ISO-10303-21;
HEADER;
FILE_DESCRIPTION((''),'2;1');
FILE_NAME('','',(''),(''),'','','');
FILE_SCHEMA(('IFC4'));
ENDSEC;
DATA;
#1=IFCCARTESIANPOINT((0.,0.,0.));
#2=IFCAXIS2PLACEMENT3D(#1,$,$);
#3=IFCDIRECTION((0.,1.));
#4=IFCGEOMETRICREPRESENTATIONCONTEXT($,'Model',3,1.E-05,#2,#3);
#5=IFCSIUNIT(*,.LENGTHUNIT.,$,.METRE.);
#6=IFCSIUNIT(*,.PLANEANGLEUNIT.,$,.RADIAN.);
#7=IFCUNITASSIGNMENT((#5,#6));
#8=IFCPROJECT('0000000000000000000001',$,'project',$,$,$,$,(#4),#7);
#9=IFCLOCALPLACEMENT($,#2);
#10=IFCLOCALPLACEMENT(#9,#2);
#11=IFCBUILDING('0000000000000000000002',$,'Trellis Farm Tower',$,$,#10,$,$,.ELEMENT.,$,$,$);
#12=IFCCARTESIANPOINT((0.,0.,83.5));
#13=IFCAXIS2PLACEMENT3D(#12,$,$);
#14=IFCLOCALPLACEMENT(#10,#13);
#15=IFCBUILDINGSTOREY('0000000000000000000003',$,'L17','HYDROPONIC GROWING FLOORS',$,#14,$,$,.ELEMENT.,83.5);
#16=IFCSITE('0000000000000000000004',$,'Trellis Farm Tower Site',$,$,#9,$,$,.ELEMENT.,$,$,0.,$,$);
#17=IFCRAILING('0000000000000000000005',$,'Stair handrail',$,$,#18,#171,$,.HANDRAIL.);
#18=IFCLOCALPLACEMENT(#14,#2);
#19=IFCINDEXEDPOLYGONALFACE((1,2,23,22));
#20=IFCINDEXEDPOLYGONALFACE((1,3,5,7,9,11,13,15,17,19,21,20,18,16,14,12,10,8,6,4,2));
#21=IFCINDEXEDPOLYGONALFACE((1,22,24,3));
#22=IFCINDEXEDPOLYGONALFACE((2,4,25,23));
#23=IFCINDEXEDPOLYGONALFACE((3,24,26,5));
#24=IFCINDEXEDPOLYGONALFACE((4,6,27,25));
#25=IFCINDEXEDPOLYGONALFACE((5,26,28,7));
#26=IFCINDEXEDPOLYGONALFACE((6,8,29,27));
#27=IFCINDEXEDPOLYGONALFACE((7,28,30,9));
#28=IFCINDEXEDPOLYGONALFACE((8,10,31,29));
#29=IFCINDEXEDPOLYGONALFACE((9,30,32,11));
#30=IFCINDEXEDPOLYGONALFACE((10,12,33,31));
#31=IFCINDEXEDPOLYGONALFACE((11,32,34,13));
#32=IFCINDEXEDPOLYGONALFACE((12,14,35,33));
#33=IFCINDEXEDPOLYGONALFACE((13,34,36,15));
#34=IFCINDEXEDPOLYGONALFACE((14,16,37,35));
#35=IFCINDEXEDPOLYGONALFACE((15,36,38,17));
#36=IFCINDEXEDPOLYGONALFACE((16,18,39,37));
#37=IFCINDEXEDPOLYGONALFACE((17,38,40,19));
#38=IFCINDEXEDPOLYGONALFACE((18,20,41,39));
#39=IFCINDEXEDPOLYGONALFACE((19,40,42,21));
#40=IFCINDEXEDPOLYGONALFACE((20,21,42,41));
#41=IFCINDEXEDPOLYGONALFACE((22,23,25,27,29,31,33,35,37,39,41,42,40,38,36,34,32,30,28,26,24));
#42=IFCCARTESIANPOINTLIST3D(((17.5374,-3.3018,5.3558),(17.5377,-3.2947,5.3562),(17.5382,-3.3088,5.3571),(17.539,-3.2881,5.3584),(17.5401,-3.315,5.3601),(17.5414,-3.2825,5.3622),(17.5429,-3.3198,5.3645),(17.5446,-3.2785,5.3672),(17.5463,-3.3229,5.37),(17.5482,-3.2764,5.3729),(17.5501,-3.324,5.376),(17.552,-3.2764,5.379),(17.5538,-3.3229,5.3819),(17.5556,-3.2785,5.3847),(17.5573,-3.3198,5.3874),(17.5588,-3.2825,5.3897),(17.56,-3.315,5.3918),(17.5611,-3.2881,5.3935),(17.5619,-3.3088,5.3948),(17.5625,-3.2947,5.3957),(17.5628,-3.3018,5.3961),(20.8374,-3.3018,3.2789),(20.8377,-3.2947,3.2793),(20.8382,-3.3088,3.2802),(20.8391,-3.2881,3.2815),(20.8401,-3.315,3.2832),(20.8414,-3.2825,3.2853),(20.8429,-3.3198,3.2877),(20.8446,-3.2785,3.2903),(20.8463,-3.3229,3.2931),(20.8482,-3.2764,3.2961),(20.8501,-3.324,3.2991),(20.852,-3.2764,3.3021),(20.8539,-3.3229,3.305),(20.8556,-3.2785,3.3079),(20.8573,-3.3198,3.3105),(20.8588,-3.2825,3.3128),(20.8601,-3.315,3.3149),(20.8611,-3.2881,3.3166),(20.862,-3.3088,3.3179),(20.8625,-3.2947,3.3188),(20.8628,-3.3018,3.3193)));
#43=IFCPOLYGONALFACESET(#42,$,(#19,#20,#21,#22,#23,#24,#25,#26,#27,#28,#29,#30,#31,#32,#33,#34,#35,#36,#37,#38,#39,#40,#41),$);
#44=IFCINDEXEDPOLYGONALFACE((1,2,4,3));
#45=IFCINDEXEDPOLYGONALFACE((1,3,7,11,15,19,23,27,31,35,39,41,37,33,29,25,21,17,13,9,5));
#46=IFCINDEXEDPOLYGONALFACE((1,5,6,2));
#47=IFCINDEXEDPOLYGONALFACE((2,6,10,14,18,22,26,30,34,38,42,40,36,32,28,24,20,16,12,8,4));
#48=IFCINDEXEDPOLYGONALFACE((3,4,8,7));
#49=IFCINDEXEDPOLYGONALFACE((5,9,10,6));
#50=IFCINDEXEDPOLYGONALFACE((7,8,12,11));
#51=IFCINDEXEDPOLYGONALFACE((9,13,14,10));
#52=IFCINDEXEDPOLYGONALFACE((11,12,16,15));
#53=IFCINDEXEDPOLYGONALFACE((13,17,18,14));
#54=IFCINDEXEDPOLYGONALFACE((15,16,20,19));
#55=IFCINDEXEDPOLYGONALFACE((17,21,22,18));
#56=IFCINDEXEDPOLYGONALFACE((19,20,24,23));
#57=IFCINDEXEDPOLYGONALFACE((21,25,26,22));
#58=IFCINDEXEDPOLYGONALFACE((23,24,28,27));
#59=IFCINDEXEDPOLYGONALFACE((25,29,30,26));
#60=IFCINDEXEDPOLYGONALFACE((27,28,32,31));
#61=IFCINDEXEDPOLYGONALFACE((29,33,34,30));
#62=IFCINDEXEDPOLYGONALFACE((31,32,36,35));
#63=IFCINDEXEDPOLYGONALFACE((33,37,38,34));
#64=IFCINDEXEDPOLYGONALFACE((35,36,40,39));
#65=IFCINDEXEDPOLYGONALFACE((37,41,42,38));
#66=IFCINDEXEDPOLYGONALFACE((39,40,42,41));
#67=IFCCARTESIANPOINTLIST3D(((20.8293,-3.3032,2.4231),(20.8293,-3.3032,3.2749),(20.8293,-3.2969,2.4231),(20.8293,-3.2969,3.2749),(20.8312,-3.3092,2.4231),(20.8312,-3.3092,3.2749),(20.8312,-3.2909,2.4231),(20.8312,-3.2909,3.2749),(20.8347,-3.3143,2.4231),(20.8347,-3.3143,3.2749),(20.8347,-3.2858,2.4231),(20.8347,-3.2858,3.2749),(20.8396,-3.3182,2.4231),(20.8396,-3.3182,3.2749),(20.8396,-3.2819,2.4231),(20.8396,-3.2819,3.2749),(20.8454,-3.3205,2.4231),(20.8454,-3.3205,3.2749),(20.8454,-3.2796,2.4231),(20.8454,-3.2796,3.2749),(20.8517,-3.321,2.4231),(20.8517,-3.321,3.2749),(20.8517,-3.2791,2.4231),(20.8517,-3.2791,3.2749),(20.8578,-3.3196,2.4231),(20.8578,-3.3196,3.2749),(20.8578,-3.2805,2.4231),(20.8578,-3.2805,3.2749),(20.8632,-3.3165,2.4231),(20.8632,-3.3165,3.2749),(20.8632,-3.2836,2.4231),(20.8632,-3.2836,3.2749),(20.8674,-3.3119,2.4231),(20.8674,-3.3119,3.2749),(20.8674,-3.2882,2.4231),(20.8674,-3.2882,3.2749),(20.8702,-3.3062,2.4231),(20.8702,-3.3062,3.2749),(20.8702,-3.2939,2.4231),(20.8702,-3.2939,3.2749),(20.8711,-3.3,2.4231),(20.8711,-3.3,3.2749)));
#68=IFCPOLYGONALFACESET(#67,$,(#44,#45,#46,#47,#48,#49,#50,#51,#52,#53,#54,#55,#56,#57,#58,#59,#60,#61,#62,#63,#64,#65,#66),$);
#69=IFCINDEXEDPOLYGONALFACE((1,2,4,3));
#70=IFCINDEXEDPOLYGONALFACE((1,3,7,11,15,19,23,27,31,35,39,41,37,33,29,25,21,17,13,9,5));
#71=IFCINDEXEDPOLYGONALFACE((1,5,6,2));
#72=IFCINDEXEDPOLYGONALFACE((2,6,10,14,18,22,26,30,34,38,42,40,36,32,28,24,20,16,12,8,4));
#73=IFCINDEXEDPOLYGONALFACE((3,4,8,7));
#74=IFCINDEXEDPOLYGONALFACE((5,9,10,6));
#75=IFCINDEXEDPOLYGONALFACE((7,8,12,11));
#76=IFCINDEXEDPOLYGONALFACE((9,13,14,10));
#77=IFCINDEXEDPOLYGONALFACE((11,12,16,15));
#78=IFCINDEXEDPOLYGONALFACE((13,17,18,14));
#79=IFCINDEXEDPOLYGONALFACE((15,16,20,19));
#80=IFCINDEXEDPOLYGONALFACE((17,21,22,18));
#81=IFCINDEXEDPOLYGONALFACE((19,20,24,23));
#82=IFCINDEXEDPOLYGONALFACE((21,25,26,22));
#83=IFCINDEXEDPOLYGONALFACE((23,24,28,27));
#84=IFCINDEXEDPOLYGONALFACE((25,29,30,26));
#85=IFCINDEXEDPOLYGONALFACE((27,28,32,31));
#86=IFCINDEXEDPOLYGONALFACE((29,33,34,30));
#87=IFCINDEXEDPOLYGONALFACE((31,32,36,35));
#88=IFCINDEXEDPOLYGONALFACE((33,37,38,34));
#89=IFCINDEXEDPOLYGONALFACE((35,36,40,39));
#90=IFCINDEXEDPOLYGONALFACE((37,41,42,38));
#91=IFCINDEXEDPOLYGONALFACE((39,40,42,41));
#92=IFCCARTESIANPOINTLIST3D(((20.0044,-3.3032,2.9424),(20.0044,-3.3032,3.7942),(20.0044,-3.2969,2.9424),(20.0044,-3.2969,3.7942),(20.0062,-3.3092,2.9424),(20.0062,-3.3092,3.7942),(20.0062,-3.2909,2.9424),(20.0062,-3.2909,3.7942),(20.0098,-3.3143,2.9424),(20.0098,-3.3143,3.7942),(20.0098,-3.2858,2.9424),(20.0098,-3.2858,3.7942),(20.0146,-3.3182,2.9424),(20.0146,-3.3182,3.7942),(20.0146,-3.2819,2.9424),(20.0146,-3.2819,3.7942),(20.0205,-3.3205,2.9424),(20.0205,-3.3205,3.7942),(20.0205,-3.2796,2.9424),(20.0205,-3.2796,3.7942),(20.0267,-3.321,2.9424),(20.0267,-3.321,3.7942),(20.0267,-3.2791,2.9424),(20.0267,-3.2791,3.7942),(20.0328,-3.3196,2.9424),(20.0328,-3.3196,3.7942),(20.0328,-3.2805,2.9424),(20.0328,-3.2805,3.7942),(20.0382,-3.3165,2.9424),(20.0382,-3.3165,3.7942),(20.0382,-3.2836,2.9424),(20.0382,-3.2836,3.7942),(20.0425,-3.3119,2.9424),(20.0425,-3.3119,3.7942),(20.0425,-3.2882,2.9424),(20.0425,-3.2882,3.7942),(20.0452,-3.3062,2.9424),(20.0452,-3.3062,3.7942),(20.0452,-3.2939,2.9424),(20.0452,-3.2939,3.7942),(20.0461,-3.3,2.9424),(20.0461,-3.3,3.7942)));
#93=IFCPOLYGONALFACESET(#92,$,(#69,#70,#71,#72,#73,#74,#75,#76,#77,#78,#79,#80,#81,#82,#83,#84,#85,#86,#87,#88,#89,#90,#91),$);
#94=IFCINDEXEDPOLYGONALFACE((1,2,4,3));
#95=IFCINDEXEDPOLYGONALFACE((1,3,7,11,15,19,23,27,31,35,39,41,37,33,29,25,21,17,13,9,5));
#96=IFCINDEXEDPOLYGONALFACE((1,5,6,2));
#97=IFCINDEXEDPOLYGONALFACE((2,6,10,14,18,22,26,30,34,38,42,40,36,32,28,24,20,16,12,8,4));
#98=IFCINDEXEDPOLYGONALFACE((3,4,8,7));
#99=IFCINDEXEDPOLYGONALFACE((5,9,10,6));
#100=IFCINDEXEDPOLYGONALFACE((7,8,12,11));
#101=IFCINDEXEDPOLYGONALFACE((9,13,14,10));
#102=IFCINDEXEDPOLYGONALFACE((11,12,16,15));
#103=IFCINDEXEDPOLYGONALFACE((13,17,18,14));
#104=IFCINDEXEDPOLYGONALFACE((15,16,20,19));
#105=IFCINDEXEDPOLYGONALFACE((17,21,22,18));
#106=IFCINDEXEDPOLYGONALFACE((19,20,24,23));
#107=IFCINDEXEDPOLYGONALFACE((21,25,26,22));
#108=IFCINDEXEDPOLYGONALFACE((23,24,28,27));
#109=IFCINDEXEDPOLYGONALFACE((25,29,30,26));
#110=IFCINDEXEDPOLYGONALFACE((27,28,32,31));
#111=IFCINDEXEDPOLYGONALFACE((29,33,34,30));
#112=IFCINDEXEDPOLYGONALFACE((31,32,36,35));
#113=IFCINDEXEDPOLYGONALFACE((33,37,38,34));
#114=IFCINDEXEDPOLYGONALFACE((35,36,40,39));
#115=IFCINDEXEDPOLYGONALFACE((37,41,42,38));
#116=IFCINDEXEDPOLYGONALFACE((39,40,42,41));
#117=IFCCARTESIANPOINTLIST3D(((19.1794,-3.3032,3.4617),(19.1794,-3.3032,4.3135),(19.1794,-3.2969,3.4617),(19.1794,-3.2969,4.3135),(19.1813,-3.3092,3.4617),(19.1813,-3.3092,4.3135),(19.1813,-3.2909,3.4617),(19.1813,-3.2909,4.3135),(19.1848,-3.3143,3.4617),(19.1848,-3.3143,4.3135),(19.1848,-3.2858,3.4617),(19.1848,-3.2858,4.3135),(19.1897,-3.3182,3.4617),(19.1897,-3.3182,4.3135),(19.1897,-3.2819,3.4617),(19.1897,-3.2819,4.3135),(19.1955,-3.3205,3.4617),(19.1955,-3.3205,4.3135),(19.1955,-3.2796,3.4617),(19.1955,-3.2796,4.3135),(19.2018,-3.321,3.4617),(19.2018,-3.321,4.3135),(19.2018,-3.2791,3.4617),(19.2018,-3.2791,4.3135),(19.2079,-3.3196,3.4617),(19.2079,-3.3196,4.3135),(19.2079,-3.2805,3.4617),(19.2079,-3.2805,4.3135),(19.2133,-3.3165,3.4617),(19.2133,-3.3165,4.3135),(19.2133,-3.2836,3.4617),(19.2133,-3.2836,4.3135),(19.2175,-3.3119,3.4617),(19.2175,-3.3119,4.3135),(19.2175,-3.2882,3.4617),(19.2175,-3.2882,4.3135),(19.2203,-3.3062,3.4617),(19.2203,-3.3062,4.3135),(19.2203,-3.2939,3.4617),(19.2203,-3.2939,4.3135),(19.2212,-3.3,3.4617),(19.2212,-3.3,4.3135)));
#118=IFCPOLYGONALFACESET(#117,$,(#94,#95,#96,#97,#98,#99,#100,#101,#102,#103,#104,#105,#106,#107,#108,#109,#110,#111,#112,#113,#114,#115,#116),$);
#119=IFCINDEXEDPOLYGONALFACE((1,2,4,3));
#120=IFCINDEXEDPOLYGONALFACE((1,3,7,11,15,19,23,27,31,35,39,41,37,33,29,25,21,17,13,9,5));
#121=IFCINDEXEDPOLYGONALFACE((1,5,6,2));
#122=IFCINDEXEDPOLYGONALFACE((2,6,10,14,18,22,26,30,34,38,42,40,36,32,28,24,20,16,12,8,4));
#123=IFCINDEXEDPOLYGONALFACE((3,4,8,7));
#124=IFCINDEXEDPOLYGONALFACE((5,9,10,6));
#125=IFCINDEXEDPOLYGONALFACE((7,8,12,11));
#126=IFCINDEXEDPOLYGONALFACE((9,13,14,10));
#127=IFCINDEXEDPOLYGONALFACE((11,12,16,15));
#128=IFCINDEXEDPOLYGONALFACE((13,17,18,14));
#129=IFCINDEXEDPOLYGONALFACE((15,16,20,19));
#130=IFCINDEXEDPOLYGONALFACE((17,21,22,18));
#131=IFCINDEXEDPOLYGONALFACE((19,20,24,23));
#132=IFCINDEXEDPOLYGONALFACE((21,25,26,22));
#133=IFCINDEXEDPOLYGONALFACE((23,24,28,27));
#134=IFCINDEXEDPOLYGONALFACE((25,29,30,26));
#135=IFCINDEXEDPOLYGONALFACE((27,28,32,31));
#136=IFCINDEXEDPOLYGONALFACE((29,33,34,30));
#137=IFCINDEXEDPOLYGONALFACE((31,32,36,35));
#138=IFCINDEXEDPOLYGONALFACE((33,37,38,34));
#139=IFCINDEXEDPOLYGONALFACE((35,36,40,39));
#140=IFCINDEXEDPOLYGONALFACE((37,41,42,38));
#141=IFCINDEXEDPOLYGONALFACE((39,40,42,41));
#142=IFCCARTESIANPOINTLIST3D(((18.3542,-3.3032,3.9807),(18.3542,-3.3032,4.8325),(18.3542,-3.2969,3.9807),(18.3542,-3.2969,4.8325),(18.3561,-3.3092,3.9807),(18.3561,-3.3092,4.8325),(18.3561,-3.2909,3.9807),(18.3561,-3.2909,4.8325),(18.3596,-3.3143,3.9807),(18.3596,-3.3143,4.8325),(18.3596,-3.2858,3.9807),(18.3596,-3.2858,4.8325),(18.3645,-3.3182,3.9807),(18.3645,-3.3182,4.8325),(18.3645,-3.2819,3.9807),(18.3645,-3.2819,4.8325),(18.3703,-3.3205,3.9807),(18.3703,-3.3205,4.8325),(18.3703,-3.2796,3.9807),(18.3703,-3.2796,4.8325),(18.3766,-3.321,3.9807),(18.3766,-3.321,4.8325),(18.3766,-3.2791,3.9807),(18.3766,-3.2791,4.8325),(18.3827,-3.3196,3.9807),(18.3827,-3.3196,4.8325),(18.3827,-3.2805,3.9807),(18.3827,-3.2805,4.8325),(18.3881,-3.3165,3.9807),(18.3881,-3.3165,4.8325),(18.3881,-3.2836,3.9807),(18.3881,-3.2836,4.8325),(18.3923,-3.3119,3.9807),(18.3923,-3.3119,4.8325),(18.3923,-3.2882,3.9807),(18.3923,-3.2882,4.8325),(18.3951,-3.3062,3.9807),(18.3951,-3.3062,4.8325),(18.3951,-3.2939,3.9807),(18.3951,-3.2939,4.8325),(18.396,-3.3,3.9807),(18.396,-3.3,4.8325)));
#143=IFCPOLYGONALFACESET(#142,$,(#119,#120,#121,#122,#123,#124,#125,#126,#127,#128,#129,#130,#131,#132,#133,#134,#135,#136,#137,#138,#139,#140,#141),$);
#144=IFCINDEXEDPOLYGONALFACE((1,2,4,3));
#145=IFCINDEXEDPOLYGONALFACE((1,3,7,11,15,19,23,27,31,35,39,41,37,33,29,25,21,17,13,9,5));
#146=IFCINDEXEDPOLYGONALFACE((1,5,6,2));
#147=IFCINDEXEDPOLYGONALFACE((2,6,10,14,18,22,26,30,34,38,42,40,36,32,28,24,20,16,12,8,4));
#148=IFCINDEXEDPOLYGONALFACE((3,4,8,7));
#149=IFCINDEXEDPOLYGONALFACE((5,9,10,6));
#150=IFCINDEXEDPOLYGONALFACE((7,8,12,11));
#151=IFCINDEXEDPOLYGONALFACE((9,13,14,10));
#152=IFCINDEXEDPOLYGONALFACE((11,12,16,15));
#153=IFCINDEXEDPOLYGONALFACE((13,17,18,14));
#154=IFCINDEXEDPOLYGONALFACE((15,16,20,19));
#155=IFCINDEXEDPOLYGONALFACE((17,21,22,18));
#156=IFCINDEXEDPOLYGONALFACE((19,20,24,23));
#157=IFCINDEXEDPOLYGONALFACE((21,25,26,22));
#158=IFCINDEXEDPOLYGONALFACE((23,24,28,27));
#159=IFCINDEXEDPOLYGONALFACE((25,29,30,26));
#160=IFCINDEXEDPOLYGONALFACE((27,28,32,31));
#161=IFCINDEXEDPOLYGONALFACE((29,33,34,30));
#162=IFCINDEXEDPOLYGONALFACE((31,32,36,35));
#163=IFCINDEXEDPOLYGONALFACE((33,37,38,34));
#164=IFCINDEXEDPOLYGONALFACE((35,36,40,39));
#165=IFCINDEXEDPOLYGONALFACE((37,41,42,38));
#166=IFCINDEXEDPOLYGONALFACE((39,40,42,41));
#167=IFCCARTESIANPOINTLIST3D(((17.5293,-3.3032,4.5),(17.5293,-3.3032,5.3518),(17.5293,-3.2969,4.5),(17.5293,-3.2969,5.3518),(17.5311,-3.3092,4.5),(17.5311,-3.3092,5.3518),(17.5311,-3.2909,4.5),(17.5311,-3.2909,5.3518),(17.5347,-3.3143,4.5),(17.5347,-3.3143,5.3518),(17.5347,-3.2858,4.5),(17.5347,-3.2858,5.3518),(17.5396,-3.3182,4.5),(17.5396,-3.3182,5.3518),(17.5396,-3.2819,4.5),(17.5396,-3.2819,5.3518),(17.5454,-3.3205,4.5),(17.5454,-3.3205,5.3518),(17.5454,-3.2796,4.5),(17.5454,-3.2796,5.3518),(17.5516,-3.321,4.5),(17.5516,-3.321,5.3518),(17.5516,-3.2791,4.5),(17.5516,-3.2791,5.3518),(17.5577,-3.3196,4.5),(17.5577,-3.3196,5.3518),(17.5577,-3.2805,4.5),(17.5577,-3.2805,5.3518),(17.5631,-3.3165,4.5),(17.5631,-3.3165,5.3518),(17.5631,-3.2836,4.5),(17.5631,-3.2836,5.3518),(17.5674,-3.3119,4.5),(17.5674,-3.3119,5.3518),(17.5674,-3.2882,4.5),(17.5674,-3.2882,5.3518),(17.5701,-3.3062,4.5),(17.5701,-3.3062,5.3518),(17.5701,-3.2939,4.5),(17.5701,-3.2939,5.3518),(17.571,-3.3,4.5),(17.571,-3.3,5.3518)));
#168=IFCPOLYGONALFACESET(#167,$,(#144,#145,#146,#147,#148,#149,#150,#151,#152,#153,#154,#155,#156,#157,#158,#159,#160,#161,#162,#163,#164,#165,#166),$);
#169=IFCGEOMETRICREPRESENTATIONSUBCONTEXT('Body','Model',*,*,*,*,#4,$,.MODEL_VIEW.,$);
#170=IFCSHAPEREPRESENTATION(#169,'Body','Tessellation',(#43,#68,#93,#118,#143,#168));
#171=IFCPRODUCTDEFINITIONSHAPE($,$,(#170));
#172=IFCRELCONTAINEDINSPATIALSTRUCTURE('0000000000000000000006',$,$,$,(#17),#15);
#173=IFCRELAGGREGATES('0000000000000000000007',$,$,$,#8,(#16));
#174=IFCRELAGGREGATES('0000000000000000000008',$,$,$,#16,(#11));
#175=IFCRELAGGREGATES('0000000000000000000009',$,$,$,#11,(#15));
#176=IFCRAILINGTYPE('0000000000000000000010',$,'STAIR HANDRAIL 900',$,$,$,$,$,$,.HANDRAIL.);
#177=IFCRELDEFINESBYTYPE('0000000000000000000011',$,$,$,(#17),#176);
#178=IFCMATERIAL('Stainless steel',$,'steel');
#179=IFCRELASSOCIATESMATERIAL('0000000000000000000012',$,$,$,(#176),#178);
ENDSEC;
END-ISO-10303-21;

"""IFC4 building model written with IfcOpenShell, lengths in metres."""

from ifc_helpers import new_model, si_unit, direction, frame, origin, origin_2d, place, context, subcontext, project, spatial, circle, extrude, source, transform, mapped, material, type_object, element, save


model = new_model("IFC4")

# Units and contexts
model_context = context("Model", 3, precision=1e-05, world=origin(), true_north=direction((0.0, 1.0)))
body_context = subcontext(model_context, "Body", "Model", "MODEL_VIEW")
ifc_project = project(units=[si_unit("LENGTHUNIT", "METRE"), si_unit("PLANEANGLEUNIT", "RADIAN")], contexts=[model_context])

# Site, building, storey
site_placement = place(None, origin())
site = spatial("IfcSite", under=ifc_project, at=site_placement, Name="Trellis Farm Tower Site", CompositionType="ELEMENT", RefElevation=0.0)
building_placement = place(site_placement, origin())
building = spatial("IfcBuilding", under=site, at=building_placement, Name="Trellis Farm Tower", CompositionType="ELEMENT")
storey_placement = place(building_placement, frame((0.0, 0.0, 83.5)))
storey = spatial("IfcBuildingStorey", under=building, at=storey_placement, Name="L17", Description="HYDROPONIC GROWING FLOORS", CompositionType="ELEMENT", Elevation=83.5)

# Shared definitions
ifc_material_1 = material(Name="Stainless steel", Category="steel")

# Railing
railing_type = type_object("IfcRailingType", Name="STAIR HANDRAIL 900", PredefinedType="HANDRAIL", material=ifc_material_1)
shared_shape_1 = source(origin(), body_context, "Body", "SweptSolid", [
    extrude(circle(Radius=0.0239, at=origin_2d()), frame((0.0, 0.0, 0.876), z_axis=(-0.846337, 0.0, 0.532647), x_axis=(0.0, -1.0, 0.0)), (0.0, 0.0, 1.0), 3.8992),
    extrude(circle(Radius=0.021, at=origin_2d()), origin(), (0.0, 0.0, 1.0), 0.8518),
    extrude(circle(Radius=0.021, at=origin_2d()), frame((-0.825, 0.0, 0.5193)), (0.0, 0.0, 1.0), 0.8518),
    extrude(circle(Radius=0.021, at=origin_2d()), frame((-1.6499, 0.0, 1.0386)), (0.0, 0.0, 1.0), 0.8518),
    extrude(circle(Radius=0.021, at=origin_2d()), frame((-2.4751, 0.0, 1.5576)), (0.0, 0.0, 1.0), 0.8518),
    extrude(circle(Radius=0.021, at=origin_2d()), frame((-3.3, 0.0, 2.0769)), (0.0, 0.0, 1.0), 0.8518),
])
for number, where, name in (
    (1, (20.8501, -3.3, 2.4231), "Stair handrail"),
):
    element("IfcRailing", number, at=place(storey_placement, frame(where)), inside=storey, type_object=railing_type, Name=name, PredefinedType="HANDRAIL", context=body_context, shape_type="MappedRepresentation", body=[
        mapped(shared_shape_1, transform((0.0, 0.0, 0.0))),
    ])

save(model, "model.ifc")
